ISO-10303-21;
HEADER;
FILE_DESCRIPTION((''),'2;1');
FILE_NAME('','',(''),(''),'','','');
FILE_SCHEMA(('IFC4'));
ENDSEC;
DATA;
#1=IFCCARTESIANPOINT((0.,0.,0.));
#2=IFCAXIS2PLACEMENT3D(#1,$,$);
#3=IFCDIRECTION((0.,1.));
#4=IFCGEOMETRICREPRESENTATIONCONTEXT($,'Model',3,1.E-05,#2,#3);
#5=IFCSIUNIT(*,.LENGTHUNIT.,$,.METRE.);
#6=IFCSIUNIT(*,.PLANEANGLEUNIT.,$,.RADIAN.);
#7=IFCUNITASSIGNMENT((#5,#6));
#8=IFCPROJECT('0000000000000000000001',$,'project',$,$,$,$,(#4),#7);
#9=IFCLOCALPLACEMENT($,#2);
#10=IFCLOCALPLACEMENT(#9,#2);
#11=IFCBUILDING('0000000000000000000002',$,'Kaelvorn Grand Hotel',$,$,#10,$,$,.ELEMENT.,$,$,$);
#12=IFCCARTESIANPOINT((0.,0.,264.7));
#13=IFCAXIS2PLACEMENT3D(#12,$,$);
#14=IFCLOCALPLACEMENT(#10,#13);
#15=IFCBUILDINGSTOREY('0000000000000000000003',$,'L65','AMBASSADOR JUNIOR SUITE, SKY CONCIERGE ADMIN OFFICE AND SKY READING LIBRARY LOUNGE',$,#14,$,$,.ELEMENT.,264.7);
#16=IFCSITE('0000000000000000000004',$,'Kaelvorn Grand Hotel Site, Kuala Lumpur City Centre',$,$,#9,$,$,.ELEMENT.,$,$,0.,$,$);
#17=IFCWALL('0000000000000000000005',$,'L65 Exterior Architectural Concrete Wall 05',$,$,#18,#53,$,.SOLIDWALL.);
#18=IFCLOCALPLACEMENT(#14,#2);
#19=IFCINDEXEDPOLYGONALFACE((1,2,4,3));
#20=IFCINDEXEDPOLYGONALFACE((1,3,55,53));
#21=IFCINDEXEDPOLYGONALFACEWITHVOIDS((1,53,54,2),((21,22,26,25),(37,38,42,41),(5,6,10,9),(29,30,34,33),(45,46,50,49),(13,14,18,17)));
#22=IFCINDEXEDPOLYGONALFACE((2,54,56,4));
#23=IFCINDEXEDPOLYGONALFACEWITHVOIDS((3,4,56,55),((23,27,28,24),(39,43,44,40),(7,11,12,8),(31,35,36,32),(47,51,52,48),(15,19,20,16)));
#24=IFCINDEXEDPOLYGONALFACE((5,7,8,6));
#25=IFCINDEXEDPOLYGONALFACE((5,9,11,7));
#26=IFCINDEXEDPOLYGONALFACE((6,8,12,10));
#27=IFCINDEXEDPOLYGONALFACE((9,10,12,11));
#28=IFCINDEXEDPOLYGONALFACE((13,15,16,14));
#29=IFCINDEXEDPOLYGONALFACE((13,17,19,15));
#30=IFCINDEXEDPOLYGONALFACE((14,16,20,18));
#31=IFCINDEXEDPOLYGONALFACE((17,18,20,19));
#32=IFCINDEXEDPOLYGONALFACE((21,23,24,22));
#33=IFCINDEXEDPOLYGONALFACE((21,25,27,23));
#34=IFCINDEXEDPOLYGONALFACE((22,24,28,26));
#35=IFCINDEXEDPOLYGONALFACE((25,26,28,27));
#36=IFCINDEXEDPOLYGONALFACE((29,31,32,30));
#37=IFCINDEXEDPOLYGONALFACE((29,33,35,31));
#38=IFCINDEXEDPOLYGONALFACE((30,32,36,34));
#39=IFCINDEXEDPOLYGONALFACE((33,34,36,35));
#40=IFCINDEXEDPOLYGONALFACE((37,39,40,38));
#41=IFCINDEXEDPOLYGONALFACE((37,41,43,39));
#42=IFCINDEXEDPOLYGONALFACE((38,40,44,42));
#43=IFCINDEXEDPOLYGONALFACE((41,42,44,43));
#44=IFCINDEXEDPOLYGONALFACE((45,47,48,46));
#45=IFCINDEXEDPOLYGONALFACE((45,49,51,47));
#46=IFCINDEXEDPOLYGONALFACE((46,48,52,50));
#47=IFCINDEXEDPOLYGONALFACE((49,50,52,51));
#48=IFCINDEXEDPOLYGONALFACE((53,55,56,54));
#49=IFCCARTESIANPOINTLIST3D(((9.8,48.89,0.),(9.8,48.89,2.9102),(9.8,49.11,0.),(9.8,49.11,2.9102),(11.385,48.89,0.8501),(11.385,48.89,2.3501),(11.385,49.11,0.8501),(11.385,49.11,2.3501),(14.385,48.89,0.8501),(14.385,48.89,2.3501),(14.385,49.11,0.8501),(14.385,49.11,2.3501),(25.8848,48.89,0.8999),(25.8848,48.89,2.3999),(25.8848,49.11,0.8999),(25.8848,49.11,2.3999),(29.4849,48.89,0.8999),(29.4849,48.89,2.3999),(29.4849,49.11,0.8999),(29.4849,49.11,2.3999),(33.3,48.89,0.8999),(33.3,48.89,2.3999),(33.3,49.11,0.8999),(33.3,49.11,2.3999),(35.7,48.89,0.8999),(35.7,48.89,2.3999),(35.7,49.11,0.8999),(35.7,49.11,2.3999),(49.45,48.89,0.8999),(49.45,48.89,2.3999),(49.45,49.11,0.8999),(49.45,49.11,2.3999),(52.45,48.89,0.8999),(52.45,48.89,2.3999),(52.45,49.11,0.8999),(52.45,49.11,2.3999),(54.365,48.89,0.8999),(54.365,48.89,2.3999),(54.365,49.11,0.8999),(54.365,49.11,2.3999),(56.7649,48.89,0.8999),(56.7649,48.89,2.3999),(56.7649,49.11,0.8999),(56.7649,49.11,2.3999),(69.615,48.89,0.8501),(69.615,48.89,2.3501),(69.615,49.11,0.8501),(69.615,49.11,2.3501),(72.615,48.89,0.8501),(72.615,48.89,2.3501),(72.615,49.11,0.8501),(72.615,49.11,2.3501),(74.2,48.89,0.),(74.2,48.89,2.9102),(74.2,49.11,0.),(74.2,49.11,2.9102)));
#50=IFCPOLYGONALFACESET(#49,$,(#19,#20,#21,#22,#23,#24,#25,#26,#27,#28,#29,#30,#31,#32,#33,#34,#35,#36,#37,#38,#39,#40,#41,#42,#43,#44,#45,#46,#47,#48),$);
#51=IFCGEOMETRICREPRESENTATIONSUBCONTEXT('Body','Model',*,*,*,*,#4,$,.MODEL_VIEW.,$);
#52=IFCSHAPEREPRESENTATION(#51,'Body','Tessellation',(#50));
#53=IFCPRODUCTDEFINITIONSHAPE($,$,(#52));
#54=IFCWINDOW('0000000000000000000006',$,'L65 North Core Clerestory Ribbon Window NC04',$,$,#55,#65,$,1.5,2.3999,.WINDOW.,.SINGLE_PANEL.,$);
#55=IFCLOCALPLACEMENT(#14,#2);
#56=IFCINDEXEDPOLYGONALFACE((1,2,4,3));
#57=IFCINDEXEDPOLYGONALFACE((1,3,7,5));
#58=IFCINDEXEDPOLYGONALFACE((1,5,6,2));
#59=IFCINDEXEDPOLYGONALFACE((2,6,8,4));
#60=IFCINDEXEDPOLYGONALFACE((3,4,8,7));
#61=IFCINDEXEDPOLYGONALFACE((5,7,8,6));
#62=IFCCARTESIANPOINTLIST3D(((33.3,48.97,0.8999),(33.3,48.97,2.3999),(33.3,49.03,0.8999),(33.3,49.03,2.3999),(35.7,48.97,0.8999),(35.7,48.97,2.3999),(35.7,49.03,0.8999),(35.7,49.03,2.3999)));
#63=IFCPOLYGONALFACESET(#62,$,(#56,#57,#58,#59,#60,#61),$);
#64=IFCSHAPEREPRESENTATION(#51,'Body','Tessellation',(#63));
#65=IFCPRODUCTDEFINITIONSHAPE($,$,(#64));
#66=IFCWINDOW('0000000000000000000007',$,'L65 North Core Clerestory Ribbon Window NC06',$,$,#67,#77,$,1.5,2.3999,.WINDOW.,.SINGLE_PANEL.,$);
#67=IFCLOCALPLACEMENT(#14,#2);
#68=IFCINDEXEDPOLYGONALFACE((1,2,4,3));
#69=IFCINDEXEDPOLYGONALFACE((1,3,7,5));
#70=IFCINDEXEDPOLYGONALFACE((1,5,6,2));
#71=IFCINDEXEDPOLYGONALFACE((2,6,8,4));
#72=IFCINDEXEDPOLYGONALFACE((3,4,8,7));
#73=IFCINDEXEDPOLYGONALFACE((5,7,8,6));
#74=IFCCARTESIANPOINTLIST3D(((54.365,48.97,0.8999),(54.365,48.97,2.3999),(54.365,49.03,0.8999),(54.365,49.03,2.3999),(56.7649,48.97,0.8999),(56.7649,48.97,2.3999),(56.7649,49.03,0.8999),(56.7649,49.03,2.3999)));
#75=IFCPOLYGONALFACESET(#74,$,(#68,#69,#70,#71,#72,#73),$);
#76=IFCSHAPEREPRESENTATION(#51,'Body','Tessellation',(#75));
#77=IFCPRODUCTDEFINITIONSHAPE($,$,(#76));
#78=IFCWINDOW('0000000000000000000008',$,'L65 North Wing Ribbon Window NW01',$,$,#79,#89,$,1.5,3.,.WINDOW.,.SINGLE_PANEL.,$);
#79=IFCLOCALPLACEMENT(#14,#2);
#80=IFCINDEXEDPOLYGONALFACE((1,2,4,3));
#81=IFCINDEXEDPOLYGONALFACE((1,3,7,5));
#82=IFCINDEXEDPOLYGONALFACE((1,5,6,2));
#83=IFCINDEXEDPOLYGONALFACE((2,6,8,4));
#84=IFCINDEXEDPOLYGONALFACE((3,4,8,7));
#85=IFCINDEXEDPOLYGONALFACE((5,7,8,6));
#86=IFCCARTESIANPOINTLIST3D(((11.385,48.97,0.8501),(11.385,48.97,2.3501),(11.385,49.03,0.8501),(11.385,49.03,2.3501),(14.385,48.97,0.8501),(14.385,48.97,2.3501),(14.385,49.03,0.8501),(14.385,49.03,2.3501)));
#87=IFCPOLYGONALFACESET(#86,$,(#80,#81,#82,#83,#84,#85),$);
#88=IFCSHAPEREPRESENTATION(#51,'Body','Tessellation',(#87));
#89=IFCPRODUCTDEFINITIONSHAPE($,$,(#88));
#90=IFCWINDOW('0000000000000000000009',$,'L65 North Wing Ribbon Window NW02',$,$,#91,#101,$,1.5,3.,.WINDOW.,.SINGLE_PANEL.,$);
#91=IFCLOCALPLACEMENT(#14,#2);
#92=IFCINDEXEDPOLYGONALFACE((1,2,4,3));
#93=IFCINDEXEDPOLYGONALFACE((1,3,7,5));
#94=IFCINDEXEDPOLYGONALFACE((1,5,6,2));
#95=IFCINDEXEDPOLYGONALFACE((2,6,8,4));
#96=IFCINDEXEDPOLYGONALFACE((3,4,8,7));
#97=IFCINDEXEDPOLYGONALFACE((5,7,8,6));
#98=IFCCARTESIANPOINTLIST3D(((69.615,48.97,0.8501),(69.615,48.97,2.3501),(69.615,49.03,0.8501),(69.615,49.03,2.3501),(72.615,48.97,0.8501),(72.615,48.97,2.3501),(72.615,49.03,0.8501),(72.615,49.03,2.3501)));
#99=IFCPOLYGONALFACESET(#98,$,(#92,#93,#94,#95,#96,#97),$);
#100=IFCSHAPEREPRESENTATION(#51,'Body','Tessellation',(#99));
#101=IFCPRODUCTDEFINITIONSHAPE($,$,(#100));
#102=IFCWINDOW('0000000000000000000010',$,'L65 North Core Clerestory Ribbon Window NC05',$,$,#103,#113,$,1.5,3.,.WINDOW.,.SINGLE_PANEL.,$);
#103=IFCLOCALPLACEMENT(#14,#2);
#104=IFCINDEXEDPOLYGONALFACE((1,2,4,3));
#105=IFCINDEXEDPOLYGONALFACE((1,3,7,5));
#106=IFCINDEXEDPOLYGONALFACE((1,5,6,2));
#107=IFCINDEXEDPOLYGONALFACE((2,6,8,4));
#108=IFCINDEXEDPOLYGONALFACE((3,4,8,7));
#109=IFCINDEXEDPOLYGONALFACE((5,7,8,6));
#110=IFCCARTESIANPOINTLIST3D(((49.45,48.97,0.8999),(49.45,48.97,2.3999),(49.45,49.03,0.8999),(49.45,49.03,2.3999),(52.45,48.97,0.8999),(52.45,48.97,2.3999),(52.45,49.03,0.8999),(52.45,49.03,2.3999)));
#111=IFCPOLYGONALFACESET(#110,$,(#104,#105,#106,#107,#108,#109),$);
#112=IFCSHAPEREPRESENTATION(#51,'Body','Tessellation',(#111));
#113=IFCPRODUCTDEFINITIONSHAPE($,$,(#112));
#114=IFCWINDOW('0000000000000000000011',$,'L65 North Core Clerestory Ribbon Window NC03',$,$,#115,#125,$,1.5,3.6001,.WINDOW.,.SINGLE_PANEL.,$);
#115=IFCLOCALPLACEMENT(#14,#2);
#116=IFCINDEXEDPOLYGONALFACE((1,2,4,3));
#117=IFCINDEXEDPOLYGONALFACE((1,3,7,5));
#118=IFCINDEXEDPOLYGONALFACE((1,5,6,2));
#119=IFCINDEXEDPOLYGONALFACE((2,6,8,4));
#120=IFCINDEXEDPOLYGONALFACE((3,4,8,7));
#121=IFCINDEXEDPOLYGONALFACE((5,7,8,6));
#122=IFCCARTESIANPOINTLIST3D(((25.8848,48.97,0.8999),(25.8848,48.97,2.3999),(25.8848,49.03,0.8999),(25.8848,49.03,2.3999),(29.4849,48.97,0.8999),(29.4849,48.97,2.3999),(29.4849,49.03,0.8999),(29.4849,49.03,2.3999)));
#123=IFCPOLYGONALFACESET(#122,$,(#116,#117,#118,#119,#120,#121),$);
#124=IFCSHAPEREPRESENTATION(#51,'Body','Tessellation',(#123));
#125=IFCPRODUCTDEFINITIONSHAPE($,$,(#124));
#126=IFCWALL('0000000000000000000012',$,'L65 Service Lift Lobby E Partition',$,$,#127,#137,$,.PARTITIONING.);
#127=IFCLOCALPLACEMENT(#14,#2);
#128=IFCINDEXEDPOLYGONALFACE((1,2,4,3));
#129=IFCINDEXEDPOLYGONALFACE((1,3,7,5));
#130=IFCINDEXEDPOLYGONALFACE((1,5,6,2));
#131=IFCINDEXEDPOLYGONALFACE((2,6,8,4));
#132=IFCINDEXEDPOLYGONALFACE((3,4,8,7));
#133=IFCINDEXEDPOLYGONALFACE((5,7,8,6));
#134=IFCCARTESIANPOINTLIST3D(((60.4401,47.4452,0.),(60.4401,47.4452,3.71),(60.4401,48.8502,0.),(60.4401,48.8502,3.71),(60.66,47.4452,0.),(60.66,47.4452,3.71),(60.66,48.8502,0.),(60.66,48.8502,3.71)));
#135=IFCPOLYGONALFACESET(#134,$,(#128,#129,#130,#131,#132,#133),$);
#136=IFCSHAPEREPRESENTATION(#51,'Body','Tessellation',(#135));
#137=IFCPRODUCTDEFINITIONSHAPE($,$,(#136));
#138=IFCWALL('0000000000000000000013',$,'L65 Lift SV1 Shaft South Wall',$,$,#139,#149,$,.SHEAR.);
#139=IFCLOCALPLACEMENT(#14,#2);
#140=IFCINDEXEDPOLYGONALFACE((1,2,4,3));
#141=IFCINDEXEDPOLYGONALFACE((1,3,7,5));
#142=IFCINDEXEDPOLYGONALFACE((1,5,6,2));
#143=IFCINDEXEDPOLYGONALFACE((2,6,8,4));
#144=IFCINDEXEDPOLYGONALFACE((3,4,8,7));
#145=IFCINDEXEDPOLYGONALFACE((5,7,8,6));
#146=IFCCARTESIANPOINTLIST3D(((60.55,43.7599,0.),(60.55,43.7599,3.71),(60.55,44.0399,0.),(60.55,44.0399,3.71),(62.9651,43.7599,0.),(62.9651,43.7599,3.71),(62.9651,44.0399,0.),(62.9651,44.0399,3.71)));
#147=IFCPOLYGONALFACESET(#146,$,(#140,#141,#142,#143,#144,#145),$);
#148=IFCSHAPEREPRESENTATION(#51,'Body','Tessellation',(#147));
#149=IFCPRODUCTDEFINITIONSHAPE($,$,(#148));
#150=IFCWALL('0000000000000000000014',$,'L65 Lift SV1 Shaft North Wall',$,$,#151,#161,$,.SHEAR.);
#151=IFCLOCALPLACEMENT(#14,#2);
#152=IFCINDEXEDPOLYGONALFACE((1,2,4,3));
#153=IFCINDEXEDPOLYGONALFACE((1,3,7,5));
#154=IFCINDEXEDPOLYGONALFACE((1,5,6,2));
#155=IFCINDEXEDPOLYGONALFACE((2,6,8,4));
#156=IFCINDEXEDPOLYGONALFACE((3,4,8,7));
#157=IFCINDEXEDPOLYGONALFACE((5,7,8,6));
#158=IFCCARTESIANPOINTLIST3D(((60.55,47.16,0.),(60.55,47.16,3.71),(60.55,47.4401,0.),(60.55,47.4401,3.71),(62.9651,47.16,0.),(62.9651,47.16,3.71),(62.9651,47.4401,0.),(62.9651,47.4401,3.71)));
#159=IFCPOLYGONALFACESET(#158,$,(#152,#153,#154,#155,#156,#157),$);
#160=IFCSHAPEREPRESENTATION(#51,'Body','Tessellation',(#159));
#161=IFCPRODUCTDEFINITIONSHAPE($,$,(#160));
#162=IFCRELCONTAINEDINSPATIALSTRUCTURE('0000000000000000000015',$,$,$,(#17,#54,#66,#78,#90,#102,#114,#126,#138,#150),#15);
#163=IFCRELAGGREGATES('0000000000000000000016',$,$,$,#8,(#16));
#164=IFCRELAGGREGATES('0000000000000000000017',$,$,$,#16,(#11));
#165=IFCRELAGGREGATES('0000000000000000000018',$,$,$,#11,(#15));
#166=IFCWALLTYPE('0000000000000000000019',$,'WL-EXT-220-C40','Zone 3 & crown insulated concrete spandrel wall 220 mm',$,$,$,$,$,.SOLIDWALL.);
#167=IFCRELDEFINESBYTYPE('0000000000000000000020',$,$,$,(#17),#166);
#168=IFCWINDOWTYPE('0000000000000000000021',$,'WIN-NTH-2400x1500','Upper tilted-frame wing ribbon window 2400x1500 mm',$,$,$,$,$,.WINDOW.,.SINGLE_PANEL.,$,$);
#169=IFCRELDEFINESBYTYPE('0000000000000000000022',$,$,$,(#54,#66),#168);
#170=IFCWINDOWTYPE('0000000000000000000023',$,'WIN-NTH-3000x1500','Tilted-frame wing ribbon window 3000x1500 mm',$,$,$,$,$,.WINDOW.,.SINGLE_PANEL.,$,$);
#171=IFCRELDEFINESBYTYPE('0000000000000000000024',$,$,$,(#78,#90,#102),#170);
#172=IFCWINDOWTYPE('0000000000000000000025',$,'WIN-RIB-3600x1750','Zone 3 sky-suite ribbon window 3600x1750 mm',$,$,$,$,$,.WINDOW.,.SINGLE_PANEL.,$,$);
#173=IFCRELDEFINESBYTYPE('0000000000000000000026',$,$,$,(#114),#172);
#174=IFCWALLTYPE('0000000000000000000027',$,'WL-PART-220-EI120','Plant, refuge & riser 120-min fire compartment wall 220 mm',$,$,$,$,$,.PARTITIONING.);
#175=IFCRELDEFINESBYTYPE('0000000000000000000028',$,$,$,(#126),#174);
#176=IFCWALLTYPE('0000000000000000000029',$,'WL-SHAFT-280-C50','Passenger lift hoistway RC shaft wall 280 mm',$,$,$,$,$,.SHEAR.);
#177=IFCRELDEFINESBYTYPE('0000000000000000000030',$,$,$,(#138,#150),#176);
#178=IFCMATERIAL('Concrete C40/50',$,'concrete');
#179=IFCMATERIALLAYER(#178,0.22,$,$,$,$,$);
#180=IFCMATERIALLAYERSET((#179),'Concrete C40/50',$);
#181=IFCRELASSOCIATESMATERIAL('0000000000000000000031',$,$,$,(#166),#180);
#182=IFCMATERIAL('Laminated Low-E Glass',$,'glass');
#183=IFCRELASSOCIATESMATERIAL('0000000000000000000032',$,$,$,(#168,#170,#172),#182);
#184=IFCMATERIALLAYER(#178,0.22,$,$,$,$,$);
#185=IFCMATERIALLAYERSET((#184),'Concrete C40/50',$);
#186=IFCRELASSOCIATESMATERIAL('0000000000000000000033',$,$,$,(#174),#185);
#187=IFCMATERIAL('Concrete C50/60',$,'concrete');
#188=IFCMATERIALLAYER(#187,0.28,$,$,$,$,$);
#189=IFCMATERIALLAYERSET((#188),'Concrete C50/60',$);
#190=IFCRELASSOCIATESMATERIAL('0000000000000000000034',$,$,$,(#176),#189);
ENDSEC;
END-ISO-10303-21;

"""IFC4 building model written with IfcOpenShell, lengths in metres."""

from ifc_helpers import new_model, si_unit, direction, frame, frame_2d, origin, place, context, subcontext, project, spatial, rectangle, extrude, material, layer, layer_set, type_object, element, fill, save


model = new_model("IFC4")

# Units and contexts
model_context = context("Model", 3, precision=1e-05, world=origin(), true_north=direction((0.0, 1.0)))
body_context = subcontext(model_context, "Body", "Model", "MODEL_VIEW")
ifc_project = project(units=[si_unit("LENGTHUNIT", "METRE"), si_unit("PLANEANGLEUNIT", "RADIAN")], contexts=[model_context])

# Site, building, storey
site_placement = place(None, origin())
site = spatial("IfcSite", under=ifc_project, at=site_placement, Name="Kaelvorn Grand Hotel Site, Kuala Lumpur City Centre", CompositionType="ELEMENT", RefElevation=0.0)
building_placement = place(site_placement, origin())
building = spatial("IfcBuilding", under=site, at=building_placement, Name="Kaelvorn Grand Hotel", CompositionType="ELEMENT")
storey_placement = place(building_placement, frame((0.0, 0.0, 264.7)))
storey = spatial("IfcBuildingStorey", under=building, at=storey_placement, Name="L65", Description="AMBASSADOR JUNIOR SUITE, SKY CONCIERGE ADMIN OFFICE AND SKY READING LIBRARY LOUNGE", CompositionType="ELEMENT", Elevation=264.7)

# Shared definitions
ifc_material_1 = material(Name="Concrete C50/60", Category="concrete")

# Shared definitions
ifc_material_2 = material(Name="Concrete C40/50", Category="concrete")
ifc_layer_1 = layer(ifc_material_2, 0.22)
ifc_layer_set_1 = layer_set([ifc_layer_1], Name="Concrete C40/50")
wall_type_1 = type_object("IfcWallType", Name="WL-EXT-220-C40", Description="Zone 3 & crown insulated concrete spandrel wall 220 mm", PredefinedType="SOLIDWALL", material=ifc_layer_set_1)
ifc_material_3 = material(Name="Laminated Low-E Glass", Category="glass")

# Wall, openings, windows
wall_1_placement = place(storey_placement, frame((74.2, 49.0, 0.0), z_axis=(0.0, 0.0, 1.0), x_axis=(-1.0, 0.0, 0.0)))
wall_1 = element("IfcWall", 1, at=wall_1_placement, inside=storey, type_object=wall_type_1, Name="L65 Exterior Architectural Concrete Wall 05", PredefinedType="SOLIDWALL", context=body_context, shape_type="SweptSolid", body=[
    extrude(rectangle(XDim=64.3999, YDim=0.22, at=frame_2d((32.2, 0.0))), origin(), (0.0, 0.0, 1.0), 2.9102),
])
opening_1_placement = place(wall_1_placement, frame((59.8149, 0.0, 0.8501)))
opening_1 = element("IfcOpeningElement", 2, at=opening_1_placement, cuts=wall_1, PredefinedType="OPENING", context=body_context, shape_type="SweptSolid", body=[
    extrude(rectangle(XDim=3.0, YDim=1.5, at=frame_2d((1.5, 0.75))), frame((0.0, 0.1201, 0.0), z_axis=(0.0, -1.0, 0.0), x_axis=(1.0, 0.0, 0.0)), (0.0, 0.0, 1.0), 0.24),
])
opening_2_placement = place(wall_1_placement, frame((1.585, 0.0, 0.8501)))
opening_2 = element("IfcOpeningElement", 3, at=opening_2_placement, cuts=wall_1, PredefinedType="OPENING", context=body_context, shape_type="SweptSolid", body=[
    extrude(rectangle(XDim=3.0, YDim=1.5, at=frame_2d((1.5, 0.75))), frame((0.0, 0.1201, 0.0), z_axis=(0.0, -1.0, 0.0), x_axis=(1.0, 0.0, 0.0)), (0.0, 0.0, 1.0), 0.24),
])
opening_3_placement = place(wall_1_placement, frame((44.7151, 0.0, 0.8999)))
opening_3 = element("IfcOpeningElement", 4, at=opening_3_placement, cuts=wall_1, PredefinedType="OPENING", context=body_context, shape_type="SweptSolid", body=[
    extrude(rectangle(XDim=3.6001, YDim=1.5, at=frame_2d((1.8, 0.75))), frame((0.0, 0.1201, 0.0), z_axis=(0.0, -1.0, 0.0), x_axis=(1.0, 0.0, 0.0)), (0.0, 0.0, 1.0), 0.24),
])
opening_4_placement = place(wall_1_placement, frame((38.5, 0.0, 0.8999)))
opening_4 = element("IfcOpeningElement", 5, at=opening_4_placement, cuts=wall_1, PredefinedType="OPENING", context=body_context, shape_type="SweptSolid", body=[
    extrude(rectangle(XDim=2.3999, YDim=1.5, at=frame_2d((1.2, 0.75))), frame((0.0, 0.1201, 0.0), z_axis=(0.0, -1.0, 0.0), x_axis=(1.0, 0.0, 0.0)), (0.0, 0.0, 1.0), 0.24),
])
opening_5_placement = place(wall_1_placement, frame((21.75, 0.0, 0.8999)))
opening_5 = element("IfcOpeningElement", 6, at=opening_5_placement, cuts=wall_1, PredefinedType="OPENING", context=body_context, shape_type="SweptSolid", body=[
    extrude(rectangle(XDim=3.0, YDim=1.5, at=frame_2d((1.5, 0.75))), frame((0.0, 0.1201, 0.0), z_axis=(0.0, -1.0, 0.0), x_axis=(1.0, 0.0, 0.0)), (0.0, 0.0, 1.0), 0.24),
])
opening_6_placement = place(wall_1_placement, frame((17.4351, 0.0, 0.8999)))
opening_6 = element("IfcOpeningElement", 7, at=opening_6_placement, cuts=wall_1, PredefinedType="OPENING", context=body_context, shape_type="SweptSolid", body=[
    extrude(rectangle(XDim=2.3999, YDim=1.5, at=frame_2d((1.2, 0.75))), frame((0.0, 0.1201, 0.0), z_axis=(0.0, -1.0, 0.0), x_axis=(1.0, 0.0, 0.0)), (0.0, 0.0, 1.0), 0.24),
])
window_type_1 = type_object("IfcWindowType", Name="WIN-NTH-2400x1500", Description="Upper tilted-frame wing ribbon window 2400x1500 mm", PartitioningType="SINGLE_PANEL", PredefinedType="WINDOW", material=ifc_material_3)
window_1_placement = place(opening_4_placement, origin())
window_1 = element("IfcWindow", 8, at=window_1_placement, inside=storey, type_object=window_type_1, Name="L65 North Core Clerestory Ribbon Window NC04", OverallHeight=1.5, OverallWidth=2.3999, PartitioningType="SINGLE_PANEL", PredefinedType="WINDOW", context=body_context, shape_type="SweptSolid", body=[
    extrude(rectangle(XDim=2.3999, YDim=1.5, at=frame_2d((1.2, 0.75))), frame((0.0, 0.03, 0.0), z_axis=(0.0, -1.0, 0.0), x_axis=(1.0, 0.0, 0.0)), (0.0, 0.0, 1.0), 0.0601),
])
fill(opening_4, window_1)
window_2_placement = place(opening_6_placement, origin())
window_2 = element("IfcWindow", 9, at=window_2_placement, inside=storey, type_object=window_type_1, Name="L65 North Core Clerestory Ribbon Window NC06", OverallHeight=1.5, OverallWidth=2.3999, PartitioningType="SINGLE_PANEL", PredefinedType="WINDOW", context=body_context, shape_type="SweptSolid", body=[
    extrude(rectangle(XDim=2.3999, YDim=1.5, at=frame_2d((1.2, 0.75))), frame((0.0, 0.03, 0.0), z_axis=(0.0, -1.0, 0.0), x_axis=(1.0, 0.0, 0.0)), (0.0, 0.0, 1.0), 0.0601),
])
fill(opening_6, window_2)
window_type_2 = type_object("IfcWindowType", Name="WIN-NTH-3000x1500", Description="Tilted-frame wing ribbon window 3000x1500 mm", PartitioningType="SINGLE_PANEL", PredefinedType="WINDOW", material=ifc_material_3)
window_3_placement = place(opening_1_placement, origin())
window_3 = element("IfcWindow", 10, at=window_3_placement, inside=storey, type_object=window_type_2, Name="L65 North Wing Ribbon Window NW01", OverallHeight=1.5, OverallWidth=3.0, PartitioningType="SINGLE_PANEL", PredefinedType="WINDOW", context=body_context, shape_type="SweptSolid", body=[
    extrude(rectangle(XDim=3.0, YDim=1.5, at=frame_2d((1.5, 0.75))), frame((0.0, 0.03, 0.0), z_axis=(0.0, -1.0, 0.0), x_axis=(1.0, 0.0, 0.0)), (0.0, 0.0, 1.0), 0.0601),
])
fill(opening_1, window_3)
window_4_placement = place(opening_2_placement, origin())
window_4 = element("IfcWindow", 11, at=window_4_placement, inside=storey, type_object=window_type_2, Name="L65 North Wing Ribbon Window NW02", OverallHeight=1.5, OverallWidth=3.0, PartitioningType="SINGLE_PANEL", PredefinedType="WINDOW", context=body_context, shape_type="SweptSolid", body=[
    extrude(rectangle(XDim=3.0, YDim=1.5, at=frame_2d((1.5, 0.75))), frame((0.0, 0.03, 0.0), z_axis=(0.0, -1.0, 0.0), x_axis=(1.0, 0.0, 0.0)), (0.0, 0.0, 1.0), 0.0601),
])
fill(opening_2, window_4)
window_5_placement = place(opening_5_placement, origin())
window_5 = element("IfcWindow", 12, at=window_5_placement, inside=storey, type_object=window_type_2, Name="L65 North Core Clerestory Ribbon Window NC05", OverallHeight=1.5, OverallWidth=3.0, PartitioningType="SINGLE_PANEL", PredefinedType="WINDOW", context=body_context, shape_type="SweptSolid", body=[
    extrude(rectangle(XDim=3.0, YDim=1.5, at=frame_2d((1.5, 0.75))), frame((0.0, 0.03, 0.0), z_axis=(0.0, -1.0, 0.0), x_axis=(1.0, 0.0, 0.0)), (0.0, 0.0, 1.0), 0.0601),
])
fill(opening_5, window_5)
window_type_3 = type_object("IfcWindowType", Name="WIN-RIB-3600x1750", Description="Zone 3 sky-suite ribbon window 3600x1750 mm", PartitioningType="SINGLE_PANEL", PredefinedType="WINDOW", material=ifc_material_3)
window_6_placement = place(opening_3_placement, origin())
window_6 = element("IfcWindow", 13, at=window_6_placement, inside=storey, type_object=window_type_3, Name="L65 North Core Clerestory Ribbon Window NC03", OverallHeight=1.5, OverallWidth=3.6001, PartitioningType="SINGLE_PANEL", PredefinedType="WINDOW", context=body_context, shape_type="SweptSolid", body=[
    extrude(rectangle(XDim=3.6001, YDim=1.5, at=frame_2d((1.8, 0.75))), frame((0.0, 0.03, 0.0), z_axis=(0.0, -1.0, 0.0), x_axis=(1.0, 0.0, 0.0)), (0.0, 0.0, 1.0), 0.0601),
])
fill(opening_3, window_6)

# Walls
ifc_layer_2 = layer(ifc_material_2, 0.22)
ifc_layer_set_2 = layer_set([ifc_layer_2], Name="Concrete C40/50")
wall_type_2 = type_object("IfcWallType", Name="WL-PART-220-EI120", Description="Plant, refuge & riser 120-min fire compartment wall 220 mm", PredefinedType="PARTITIONING", material=ifc_layer_set_2)
wall_2_placement = place(storey_placement, frame((60.55, 47.4451, 0.0), z_axis=(0.0, 0.0, 1.0), x_axis=(0.0, 1.0, 0.0)))
element("IfcWall", 14, at=wall_2_placement, inside=storey, type_object=wall_type_2, Name="L65 Service Lift Lobby E Partition", PredefinedType="PARTITIONING", context=body_context, shape_type="SweptSolid", body=[
    extrude(rectangle(XDim=1.405, YDim=0.22, at=frame_2d((0.7026, 0.0))), origin(), (0.0, 0.0, 1.0), 3.71),
])
ifc_layer_3 = layer(ifc_material_1, 0.28)
ifc_layer_set_3 = layer_set([ifc_layer_3], Name="Concrete C50/60")
wall_type_3 = type_object("IfcWallType", Name="WL-SHAFT-280-C50", Description="Passenger lift hoistway RC shaft wall 280 mm", PredefinedType="SHEAR", material=ifc_layer_set_3)
for number, where, z_axis, x_axis, name in (
    (15, (60.55, 43.8999, 0.0), (0.0, 0.0, 1.0), (1.0, 0.0, 0.0), "L65 Lift SV1 Shaft South Wall"),
    (16, (60.55, 47.3, 0.0), (0.0, 0.0, 1.0), (1.0, 0.0, 0.0), "L65 Lift SV1 Shaft North Wall"),
):
    element("IfcWall", number, at=place(storey_placement, frame(where, z_axis=z_axis, x_axis=x_axis)), inside=storey, type_object=wall_type_3, Name=name, PredefinedType="SHEAR", context=body_context, shape_type="SweptSolid", body=[
        extrude(rectangle(XDim=2.415, YDim=0.28, at=frame_2d((1.2075, 0.0))), origin(), (0.0, 0.0, 1.0), 3.71),
    ])

save(model, "model.ifc")
